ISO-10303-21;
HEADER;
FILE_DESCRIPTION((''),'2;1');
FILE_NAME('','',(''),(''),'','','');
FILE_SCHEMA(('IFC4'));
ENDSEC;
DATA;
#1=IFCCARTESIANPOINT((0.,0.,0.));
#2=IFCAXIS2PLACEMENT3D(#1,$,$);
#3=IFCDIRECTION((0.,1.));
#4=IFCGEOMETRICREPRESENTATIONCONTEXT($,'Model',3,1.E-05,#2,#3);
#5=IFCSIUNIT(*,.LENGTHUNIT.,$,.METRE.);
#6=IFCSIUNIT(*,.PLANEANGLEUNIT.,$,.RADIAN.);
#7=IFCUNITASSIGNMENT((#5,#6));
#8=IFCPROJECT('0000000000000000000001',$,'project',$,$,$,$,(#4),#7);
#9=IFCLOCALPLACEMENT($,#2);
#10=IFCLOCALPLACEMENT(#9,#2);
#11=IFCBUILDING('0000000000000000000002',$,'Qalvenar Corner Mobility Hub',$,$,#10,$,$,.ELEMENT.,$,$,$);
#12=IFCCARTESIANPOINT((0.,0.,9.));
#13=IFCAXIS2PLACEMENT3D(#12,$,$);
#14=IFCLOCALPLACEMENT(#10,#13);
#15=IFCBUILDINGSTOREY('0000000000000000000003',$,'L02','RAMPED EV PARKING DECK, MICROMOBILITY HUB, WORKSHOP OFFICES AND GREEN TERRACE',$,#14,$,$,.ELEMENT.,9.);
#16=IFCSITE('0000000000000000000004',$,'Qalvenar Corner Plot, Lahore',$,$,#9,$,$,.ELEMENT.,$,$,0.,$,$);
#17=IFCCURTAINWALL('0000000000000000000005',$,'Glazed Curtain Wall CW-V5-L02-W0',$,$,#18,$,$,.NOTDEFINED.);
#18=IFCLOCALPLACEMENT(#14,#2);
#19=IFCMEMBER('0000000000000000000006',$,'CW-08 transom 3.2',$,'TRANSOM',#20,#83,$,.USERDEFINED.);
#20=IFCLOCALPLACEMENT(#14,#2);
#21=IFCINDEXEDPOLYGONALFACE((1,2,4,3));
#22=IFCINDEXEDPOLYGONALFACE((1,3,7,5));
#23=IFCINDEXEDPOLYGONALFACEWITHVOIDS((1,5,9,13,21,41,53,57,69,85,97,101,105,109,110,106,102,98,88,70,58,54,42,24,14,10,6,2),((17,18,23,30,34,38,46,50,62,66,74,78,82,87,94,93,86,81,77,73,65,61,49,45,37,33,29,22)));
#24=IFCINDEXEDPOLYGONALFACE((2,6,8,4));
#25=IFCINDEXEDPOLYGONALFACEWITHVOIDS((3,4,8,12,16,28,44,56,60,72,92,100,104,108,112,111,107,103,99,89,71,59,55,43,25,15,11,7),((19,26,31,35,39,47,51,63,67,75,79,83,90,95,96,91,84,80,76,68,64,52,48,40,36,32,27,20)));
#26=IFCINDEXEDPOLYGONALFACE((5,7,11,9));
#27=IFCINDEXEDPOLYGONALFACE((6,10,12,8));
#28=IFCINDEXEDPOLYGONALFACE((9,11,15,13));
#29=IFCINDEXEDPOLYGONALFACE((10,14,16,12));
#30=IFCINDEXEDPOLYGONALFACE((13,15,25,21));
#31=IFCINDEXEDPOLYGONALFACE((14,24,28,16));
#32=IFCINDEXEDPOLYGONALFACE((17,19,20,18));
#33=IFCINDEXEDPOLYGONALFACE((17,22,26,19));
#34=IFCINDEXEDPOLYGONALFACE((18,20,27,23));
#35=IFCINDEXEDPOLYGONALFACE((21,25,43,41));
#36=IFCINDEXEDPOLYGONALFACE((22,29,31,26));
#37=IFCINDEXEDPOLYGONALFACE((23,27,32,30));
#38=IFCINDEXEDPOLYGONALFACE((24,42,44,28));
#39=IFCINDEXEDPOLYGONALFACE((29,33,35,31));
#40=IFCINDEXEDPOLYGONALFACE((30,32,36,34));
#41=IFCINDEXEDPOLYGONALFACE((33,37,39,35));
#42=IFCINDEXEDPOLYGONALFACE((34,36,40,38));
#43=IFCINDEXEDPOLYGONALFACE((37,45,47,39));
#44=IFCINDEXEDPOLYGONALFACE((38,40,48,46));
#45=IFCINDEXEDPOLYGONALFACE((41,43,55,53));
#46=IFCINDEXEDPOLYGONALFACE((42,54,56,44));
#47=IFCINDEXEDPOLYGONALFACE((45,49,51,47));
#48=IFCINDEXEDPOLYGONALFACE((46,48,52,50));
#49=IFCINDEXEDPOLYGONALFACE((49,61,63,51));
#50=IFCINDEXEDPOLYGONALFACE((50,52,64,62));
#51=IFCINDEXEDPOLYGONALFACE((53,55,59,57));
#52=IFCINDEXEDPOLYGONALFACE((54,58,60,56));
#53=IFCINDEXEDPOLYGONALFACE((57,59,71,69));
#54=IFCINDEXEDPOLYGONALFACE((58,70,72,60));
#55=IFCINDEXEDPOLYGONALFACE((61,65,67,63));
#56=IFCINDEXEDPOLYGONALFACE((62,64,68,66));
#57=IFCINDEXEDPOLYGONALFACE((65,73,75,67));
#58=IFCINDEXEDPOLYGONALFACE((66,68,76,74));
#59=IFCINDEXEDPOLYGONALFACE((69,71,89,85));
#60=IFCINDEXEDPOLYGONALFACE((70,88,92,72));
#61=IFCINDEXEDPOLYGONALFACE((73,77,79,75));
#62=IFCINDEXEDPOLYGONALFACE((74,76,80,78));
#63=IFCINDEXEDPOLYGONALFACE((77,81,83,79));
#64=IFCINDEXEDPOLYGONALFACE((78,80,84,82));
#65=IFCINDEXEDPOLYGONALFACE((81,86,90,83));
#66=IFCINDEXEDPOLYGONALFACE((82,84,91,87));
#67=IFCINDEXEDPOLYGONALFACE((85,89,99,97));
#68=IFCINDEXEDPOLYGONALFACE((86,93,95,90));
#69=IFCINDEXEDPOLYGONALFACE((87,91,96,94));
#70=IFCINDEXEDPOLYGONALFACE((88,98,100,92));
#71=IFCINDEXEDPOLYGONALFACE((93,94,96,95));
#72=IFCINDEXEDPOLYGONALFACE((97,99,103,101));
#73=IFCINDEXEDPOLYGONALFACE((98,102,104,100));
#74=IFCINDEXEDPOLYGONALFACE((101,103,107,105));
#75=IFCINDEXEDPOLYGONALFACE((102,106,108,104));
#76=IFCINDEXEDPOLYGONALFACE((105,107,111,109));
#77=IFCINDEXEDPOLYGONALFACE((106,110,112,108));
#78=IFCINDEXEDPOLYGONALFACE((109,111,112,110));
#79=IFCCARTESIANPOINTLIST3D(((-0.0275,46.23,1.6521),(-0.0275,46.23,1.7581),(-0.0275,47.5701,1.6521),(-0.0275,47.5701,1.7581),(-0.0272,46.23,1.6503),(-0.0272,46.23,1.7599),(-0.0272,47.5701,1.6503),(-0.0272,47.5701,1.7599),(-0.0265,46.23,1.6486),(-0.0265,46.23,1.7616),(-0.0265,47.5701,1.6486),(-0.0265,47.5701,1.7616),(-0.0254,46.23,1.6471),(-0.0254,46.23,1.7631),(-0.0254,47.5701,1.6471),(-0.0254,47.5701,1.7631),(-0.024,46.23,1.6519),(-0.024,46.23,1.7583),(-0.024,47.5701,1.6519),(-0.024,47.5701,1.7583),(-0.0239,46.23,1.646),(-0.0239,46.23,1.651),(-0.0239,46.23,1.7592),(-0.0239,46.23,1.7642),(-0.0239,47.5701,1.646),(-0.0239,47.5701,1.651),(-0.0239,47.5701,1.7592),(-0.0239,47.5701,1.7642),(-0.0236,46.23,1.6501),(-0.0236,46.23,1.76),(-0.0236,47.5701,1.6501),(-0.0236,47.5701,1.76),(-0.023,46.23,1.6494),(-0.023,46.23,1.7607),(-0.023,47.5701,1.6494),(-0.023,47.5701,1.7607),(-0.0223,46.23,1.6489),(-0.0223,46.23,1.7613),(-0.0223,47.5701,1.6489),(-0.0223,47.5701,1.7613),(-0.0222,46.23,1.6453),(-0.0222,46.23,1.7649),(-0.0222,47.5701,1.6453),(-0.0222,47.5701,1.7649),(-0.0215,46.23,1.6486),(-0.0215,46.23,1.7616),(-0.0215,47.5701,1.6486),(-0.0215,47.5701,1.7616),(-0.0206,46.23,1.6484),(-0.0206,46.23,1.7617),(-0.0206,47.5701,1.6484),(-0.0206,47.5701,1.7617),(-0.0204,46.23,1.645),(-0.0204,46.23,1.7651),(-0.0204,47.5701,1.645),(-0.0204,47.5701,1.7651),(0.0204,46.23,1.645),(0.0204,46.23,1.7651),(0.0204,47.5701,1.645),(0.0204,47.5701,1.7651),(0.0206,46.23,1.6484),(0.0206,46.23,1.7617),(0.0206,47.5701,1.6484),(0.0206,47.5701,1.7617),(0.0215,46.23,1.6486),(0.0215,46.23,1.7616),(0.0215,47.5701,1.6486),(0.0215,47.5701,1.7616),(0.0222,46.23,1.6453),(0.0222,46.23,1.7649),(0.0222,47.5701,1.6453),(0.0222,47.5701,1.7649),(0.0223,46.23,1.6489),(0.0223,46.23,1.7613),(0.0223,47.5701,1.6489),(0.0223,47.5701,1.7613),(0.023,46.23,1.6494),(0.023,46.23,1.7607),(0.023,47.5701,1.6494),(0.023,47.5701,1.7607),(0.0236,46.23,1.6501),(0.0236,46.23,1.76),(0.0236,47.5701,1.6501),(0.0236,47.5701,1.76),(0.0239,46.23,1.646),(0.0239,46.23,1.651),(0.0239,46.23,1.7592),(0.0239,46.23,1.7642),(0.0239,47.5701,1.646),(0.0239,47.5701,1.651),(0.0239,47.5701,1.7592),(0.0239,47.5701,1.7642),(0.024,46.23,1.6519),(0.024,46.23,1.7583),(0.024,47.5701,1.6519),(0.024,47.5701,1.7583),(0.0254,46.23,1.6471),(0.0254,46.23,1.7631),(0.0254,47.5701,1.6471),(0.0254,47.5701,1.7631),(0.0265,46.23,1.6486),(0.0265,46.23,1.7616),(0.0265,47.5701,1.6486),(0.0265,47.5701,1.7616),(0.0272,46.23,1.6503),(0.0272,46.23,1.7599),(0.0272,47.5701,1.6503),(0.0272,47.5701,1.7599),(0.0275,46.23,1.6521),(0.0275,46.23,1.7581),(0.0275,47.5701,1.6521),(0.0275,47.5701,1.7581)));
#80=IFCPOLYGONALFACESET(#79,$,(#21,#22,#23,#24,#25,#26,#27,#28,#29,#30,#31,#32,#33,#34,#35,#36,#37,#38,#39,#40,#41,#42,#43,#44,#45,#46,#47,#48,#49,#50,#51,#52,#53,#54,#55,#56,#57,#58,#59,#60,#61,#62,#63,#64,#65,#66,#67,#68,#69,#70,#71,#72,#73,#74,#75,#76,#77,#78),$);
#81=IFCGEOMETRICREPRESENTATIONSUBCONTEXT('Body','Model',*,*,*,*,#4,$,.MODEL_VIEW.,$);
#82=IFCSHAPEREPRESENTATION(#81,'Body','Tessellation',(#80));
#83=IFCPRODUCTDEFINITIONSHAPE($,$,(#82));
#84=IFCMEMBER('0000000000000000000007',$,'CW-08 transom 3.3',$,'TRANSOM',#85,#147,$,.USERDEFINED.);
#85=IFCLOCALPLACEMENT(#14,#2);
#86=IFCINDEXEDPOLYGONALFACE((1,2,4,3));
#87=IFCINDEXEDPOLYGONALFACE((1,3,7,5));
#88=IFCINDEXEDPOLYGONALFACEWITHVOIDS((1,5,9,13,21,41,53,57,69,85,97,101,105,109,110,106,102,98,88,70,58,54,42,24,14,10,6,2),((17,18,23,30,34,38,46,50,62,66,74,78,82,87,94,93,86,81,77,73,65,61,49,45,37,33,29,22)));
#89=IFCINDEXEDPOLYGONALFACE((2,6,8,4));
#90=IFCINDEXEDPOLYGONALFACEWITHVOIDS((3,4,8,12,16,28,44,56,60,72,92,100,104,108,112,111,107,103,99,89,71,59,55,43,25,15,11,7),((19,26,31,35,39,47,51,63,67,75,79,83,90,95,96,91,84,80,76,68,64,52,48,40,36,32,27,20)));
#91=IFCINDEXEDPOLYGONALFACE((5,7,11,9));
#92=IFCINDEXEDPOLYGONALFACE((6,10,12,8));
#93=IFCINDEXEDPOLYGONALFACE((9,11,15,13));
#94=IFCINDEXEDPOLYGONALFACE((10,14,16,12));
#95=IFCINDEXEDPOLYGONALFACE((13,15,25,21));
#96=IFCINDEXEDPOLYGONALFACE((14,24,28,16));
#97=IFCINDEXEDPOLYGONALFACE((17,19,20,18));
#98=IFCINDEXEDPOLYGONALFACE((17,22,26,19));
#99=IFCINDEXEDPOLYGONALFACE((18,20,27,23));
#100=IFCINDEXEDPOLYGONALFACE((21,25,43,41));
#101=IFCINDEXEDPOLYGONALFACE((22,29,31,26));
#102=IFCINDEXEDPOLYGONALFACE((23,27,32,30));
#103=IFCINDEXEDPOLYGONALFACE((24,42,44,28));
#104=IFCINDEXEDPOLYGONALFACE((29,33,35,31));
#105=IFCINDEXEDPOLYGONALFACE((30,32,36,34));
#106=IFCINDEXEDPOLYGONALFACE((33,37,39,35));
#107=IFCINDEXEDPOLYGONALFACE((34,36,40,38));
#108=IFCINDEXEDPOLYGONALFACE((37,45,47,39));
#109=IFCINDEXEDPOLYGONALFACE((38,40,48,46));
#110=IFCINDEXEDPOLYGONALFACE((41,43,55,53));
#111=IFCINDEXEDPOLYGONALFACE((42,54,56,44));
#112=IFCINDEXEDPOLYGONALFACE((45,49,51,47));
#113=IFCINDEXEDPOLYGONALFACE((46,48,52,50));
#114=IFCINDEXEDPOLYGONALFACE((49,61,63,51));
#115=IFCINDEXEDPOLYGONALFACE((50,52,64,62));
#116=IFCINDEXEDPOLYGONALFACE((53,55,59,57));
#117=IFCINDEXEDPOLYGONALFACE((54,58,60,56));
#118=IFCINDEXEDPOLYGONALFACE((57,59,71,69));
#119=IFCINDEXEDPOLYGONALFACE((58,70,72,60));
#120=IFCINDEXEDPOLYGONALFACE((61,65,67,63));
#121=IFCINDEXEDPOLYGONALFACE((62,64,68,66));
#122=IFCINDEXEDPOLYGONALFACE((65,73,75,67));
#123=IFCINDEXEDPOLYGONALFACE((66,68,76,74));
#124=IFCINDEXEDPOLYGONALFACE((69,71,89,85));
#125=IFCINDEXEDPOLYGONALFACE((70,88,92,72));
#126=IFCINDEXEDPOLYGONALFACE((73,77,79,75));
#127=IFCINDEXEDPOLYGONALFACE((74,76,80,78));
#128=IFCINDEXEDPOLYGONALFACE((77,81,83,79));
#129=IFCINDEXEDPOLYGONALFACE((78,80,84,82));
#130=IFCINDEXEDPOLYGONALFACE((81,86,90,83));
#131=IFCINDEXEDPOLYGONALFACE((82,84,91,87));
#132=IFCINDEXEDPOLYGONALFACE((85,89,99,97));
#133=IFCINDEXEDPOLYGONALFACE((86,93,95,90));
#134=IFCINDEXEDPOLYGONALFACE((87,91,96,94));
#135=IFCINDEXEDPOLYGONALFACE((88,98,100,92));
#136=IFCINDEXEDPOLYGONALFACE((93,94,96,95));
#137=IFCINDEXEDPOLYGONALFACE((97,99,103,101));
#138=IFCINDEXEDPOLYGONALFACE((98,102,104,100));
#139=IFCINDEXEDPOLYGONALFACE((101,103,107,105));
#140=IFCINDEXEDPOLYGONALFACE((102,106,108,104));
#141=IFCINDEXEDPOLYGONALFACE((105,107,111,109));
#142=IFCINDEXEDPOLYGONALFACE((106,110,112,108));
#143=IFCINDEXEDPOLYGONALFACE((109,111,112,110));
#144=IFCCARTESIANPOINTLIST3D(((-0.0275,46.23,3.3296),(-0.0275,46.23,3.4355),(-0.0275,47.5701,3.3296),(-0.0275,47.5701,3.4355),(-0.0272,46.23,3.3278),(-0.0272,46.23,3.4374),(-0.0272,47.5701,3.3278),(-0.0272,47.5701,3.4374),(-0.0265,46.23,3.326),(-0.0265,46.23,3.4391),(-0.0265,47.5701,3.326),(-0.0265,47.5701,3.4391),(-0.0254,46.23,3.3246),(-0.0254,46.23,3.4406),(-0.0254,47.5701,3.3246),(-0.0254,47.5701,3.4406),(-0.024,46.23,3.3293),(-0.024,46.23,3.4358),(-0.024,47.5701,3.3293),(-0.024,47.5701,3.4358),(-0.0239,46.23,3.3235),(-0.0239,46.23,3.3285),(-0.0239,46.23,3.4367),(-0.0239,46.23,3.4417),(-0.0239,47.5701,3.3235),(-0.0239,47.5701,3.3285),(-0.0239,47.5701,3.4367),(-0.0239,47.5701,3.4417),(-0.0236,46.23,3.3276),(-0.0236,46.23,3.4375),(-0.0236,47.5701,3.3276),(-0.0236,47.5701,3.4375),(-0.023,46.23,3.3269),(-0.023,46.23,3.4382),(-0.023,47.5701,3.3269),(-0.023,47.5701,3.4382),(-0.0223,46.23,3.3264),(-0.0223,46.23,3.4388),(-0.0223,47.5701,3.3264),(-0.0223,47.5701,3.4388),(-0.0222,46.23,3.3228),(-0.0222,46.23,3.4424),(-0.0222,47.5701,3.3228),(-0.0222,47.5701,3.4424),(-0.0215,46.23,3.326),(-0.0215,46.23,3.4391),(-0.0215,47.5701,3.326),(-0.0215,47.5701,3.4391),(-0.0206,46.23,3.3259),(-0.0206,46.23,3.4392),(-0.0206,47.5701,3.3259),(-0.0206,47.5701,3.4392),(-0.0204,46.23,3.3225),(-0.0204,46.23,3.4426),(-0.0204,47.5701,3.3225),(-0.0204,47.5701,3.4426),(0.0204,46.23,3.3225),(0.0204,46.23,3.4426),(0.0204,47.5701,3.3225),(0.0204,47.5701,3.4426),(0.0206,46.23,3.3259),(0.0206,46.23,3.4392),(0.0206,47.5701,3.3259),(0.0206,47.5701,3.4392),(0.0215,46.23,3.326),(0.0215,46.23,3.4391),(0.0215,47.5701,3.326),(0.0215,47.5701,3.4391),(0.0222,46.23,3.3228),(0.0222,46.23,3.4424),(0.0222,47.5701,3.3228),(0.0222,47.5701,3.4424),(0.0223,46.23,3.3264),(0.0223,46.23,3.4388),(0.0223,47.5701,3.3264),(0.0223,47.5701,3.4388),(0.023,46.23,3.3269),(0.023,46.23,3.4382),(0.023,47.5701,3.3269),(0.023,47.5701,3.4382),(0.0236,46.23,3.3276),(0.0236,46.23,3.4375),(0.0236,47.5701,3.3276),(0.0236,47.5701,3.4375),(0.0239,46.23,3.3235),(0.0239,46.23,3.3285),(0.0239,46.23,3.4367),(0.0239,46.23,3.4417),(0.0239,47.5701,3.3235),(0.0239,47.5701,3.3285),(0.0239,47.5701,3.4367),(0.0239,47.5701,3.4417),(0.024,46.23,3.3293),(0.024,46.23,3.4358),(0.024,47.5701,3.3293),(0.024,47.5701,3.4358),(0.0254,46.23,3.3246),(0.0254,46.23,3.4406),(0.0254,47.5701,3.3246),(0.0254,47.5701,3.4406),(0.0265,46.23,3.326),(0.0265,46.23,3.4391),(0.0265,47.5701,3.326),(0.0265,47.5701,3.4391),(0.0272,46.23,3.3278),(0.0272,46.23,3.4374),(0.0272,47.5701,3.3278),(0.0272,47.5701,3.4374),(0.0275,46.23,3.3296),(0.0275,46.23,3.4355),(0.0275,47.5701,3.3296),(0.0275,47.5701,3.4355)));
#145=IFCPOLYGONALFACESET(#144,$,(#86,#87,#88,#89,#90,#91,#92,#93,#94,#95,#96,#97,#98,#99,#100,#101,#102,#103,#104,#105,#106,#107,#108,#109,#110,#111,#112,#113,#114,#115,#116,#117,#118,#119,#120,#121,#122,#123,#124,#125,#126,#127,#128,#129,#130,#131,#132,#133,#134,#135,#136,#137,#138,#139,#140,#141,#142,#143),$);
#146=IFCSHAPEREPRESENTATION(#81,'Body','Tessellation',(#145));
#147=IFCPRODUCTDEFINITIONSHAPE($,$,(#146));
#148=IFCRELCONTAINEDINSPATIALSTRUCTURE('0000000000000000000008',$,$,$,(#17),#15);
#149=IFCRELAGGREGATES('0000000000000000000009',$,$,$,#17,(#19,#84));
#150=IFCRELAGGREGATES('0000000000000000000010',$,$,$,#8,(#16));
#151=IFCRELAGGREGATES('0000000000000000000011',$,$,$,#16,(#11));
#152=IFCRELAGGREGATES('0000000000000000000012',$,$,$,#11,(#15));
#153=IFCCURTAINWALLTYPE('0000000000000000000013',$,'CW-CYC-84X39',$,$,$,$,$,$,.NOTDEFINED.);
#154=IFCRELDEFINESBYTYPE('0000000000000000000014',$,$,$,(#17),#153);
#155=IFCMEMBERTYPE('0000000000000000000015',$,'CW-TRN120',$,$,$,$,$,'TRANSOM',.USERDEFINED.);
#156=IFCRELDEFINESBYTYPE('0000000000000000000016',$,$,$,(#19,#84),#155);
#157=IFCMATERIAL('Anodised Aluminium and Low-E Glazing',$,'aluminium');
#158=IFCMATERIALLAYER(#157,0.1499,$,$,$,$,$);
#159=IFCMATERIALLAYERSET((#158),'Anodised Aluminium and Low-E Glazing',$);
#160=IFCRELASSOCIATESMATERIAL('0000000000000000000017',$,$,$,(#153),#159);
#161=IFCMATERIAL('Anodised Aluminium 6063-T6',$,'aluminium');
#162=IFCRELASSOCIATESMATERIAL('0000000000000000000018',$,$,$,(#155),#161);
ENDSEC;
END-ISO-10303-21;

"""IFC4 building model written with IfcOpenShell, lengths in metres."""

from ifc_helpers import new_model, si_unit, direction, frame, origin, origin_2d, place, context, subcontext, project, spatial, hollow_rectangle, extrude, material, layer, layer_set, material_profile, profile_set, type_object, element, aggregate, save


model = new_model("IFC4")

# Units and contexts
model_context = context("Model", 3, precision=1e-05, world=origin(), true_north=direction((0.0, 1.0)))
body_context = subcontext(model_context, "Body", "Model", "MODEL_VIEW")
ifc_project = project(units=[si_unit("LENGTHUNIT", "METRE"), si_unit("PLANEANGLEUNIT", "RADIAN")], contexts=[model_context])

# Site, building, storey
site_placement = place(None, origin())
site = spatial("IfcSite", under=ifc_project, at=site_placement, Name="Qalvenar Corner Plot, Lahore", CompositionType="ELEMENT", RefElevation=0.0)
building_placement = place(site_placement, origin())
building = spatial("IfcBuilding", under=site, at=building_placement, Name="Qalvenar Corner Mobility Hub", CompositionType="ELEMENT")
storey_placement = place(building_placement, frame((0.0, 0.0, 9.0)))
storey = spatial("IfcBuildingStorey", under=building, at=storey_placement, Name="L02", Description="RAMPED EV PARKING DECK, MICROMOBILITY HUB, WORKSHOP OFFICES AND GREEN TERRACE", CompositionType="ELEMENT", Elevation=9.0)

# Curtain wall, members
ifc_material_1 = material(Name="Anodised Aluminium and Low-E Glazing", Category="aluminium")
ifc_layer_1 = layer(ifc_material_1, 0.1499)
ifc_layer_set_1 = layer_set([ifc_layer_1], Name="Anodised Aluminium and Low-E Glazing")
curtain_wall_type = type_object("IfcCurtainWallType", Name="CW-CYC-84X39", PredefinedType="NOTDEFINED", material=ifc_layer_set_1)
curtain_wall_placement = place(storey_placement, origin())
curtain_wall = element("IfcCurtainWall", 1, at=curtain_wall_placement, inside=storey, type_object=curtain_wall_type, Name="Glazed Curtain Wall CW-V5-L02-W0", PredefinedType="NOTDEFINED")
ifc_material_2 = material(Name="Anodised Aluminium 6063-T6", Category="aluminium")
ifc_material_profile_1 = material_profile(ifc_material_2, hollow_rectangle(XDim=0.0549, YDim=0.1201, WallThickness=0.0034, InnerFilletRadius=0.0034, OuterFilletRadius=0.0071, at=origin_2d()), Name="RHS120x55x3.5")
ifc_profile_set_1 = profile_set([ifc_material_profile_1], Name="Anodised Aluminium 6063-T6")
member_type_1 = type_object("IfcMemberType", Name="CW-TRN120", ElementType="TRANSOM", PredefinedType="USERDEFINED", material=ifc_profile_set_1)
member_1_placement = place(storey_placement, frame((0.0, 47.5701, 1.7051), z_axis=(0.0, -1.0, 0.0), x_axis=(1.0, 0.0, 0.0)))
member_1 = element("IfcMember", 2, at=member_1_placement, type_object=member_type_1, Name="CW-08 transom 3.2", ObjectType="TRANSOM", PredefinedType="USERDEFINED", context=body_context, shape_type="SweptSolid", body=[
    extrude(hollow_rectangle(XDim=0.0549, YDim=0.1201, WallThickness=0.0034, InnerFilletRadius=0.0034, OuterFilletRadius=0.0071, at=origin_2d()), origin(), (0.0, 0.0, 1.0), 1.3401),
])
member_2_placement = place(storey_placement, frame((0.0, 47.5701, 3.3826), z_axis=(0.0, -1.0, 0.0), x_axis=(1.0, 0.0, 0.0)))
member_2 = element("IfcMember", 3, at=member_2_placement, type_object=member_type_1, Name="CW-08 transom 3.3", ObjectType="TRANSOM", PredefinedType="USERDEFINED", context=body_context, shape_type="SweptSolid", body=[
    extrude(hollow_rectangle(XDim=0.0549, YDim=0.1201, WallThickness=0.0034, InnerFilletRadius=0.0034, OuterFilletRadius=0.0071, at=origin_2d()), origin(), (0.0, 0.0, 1.0), 1.3401),
])
aggregate(curtain_wall, [member_1, member_2])

save(model, "model.ifc")
